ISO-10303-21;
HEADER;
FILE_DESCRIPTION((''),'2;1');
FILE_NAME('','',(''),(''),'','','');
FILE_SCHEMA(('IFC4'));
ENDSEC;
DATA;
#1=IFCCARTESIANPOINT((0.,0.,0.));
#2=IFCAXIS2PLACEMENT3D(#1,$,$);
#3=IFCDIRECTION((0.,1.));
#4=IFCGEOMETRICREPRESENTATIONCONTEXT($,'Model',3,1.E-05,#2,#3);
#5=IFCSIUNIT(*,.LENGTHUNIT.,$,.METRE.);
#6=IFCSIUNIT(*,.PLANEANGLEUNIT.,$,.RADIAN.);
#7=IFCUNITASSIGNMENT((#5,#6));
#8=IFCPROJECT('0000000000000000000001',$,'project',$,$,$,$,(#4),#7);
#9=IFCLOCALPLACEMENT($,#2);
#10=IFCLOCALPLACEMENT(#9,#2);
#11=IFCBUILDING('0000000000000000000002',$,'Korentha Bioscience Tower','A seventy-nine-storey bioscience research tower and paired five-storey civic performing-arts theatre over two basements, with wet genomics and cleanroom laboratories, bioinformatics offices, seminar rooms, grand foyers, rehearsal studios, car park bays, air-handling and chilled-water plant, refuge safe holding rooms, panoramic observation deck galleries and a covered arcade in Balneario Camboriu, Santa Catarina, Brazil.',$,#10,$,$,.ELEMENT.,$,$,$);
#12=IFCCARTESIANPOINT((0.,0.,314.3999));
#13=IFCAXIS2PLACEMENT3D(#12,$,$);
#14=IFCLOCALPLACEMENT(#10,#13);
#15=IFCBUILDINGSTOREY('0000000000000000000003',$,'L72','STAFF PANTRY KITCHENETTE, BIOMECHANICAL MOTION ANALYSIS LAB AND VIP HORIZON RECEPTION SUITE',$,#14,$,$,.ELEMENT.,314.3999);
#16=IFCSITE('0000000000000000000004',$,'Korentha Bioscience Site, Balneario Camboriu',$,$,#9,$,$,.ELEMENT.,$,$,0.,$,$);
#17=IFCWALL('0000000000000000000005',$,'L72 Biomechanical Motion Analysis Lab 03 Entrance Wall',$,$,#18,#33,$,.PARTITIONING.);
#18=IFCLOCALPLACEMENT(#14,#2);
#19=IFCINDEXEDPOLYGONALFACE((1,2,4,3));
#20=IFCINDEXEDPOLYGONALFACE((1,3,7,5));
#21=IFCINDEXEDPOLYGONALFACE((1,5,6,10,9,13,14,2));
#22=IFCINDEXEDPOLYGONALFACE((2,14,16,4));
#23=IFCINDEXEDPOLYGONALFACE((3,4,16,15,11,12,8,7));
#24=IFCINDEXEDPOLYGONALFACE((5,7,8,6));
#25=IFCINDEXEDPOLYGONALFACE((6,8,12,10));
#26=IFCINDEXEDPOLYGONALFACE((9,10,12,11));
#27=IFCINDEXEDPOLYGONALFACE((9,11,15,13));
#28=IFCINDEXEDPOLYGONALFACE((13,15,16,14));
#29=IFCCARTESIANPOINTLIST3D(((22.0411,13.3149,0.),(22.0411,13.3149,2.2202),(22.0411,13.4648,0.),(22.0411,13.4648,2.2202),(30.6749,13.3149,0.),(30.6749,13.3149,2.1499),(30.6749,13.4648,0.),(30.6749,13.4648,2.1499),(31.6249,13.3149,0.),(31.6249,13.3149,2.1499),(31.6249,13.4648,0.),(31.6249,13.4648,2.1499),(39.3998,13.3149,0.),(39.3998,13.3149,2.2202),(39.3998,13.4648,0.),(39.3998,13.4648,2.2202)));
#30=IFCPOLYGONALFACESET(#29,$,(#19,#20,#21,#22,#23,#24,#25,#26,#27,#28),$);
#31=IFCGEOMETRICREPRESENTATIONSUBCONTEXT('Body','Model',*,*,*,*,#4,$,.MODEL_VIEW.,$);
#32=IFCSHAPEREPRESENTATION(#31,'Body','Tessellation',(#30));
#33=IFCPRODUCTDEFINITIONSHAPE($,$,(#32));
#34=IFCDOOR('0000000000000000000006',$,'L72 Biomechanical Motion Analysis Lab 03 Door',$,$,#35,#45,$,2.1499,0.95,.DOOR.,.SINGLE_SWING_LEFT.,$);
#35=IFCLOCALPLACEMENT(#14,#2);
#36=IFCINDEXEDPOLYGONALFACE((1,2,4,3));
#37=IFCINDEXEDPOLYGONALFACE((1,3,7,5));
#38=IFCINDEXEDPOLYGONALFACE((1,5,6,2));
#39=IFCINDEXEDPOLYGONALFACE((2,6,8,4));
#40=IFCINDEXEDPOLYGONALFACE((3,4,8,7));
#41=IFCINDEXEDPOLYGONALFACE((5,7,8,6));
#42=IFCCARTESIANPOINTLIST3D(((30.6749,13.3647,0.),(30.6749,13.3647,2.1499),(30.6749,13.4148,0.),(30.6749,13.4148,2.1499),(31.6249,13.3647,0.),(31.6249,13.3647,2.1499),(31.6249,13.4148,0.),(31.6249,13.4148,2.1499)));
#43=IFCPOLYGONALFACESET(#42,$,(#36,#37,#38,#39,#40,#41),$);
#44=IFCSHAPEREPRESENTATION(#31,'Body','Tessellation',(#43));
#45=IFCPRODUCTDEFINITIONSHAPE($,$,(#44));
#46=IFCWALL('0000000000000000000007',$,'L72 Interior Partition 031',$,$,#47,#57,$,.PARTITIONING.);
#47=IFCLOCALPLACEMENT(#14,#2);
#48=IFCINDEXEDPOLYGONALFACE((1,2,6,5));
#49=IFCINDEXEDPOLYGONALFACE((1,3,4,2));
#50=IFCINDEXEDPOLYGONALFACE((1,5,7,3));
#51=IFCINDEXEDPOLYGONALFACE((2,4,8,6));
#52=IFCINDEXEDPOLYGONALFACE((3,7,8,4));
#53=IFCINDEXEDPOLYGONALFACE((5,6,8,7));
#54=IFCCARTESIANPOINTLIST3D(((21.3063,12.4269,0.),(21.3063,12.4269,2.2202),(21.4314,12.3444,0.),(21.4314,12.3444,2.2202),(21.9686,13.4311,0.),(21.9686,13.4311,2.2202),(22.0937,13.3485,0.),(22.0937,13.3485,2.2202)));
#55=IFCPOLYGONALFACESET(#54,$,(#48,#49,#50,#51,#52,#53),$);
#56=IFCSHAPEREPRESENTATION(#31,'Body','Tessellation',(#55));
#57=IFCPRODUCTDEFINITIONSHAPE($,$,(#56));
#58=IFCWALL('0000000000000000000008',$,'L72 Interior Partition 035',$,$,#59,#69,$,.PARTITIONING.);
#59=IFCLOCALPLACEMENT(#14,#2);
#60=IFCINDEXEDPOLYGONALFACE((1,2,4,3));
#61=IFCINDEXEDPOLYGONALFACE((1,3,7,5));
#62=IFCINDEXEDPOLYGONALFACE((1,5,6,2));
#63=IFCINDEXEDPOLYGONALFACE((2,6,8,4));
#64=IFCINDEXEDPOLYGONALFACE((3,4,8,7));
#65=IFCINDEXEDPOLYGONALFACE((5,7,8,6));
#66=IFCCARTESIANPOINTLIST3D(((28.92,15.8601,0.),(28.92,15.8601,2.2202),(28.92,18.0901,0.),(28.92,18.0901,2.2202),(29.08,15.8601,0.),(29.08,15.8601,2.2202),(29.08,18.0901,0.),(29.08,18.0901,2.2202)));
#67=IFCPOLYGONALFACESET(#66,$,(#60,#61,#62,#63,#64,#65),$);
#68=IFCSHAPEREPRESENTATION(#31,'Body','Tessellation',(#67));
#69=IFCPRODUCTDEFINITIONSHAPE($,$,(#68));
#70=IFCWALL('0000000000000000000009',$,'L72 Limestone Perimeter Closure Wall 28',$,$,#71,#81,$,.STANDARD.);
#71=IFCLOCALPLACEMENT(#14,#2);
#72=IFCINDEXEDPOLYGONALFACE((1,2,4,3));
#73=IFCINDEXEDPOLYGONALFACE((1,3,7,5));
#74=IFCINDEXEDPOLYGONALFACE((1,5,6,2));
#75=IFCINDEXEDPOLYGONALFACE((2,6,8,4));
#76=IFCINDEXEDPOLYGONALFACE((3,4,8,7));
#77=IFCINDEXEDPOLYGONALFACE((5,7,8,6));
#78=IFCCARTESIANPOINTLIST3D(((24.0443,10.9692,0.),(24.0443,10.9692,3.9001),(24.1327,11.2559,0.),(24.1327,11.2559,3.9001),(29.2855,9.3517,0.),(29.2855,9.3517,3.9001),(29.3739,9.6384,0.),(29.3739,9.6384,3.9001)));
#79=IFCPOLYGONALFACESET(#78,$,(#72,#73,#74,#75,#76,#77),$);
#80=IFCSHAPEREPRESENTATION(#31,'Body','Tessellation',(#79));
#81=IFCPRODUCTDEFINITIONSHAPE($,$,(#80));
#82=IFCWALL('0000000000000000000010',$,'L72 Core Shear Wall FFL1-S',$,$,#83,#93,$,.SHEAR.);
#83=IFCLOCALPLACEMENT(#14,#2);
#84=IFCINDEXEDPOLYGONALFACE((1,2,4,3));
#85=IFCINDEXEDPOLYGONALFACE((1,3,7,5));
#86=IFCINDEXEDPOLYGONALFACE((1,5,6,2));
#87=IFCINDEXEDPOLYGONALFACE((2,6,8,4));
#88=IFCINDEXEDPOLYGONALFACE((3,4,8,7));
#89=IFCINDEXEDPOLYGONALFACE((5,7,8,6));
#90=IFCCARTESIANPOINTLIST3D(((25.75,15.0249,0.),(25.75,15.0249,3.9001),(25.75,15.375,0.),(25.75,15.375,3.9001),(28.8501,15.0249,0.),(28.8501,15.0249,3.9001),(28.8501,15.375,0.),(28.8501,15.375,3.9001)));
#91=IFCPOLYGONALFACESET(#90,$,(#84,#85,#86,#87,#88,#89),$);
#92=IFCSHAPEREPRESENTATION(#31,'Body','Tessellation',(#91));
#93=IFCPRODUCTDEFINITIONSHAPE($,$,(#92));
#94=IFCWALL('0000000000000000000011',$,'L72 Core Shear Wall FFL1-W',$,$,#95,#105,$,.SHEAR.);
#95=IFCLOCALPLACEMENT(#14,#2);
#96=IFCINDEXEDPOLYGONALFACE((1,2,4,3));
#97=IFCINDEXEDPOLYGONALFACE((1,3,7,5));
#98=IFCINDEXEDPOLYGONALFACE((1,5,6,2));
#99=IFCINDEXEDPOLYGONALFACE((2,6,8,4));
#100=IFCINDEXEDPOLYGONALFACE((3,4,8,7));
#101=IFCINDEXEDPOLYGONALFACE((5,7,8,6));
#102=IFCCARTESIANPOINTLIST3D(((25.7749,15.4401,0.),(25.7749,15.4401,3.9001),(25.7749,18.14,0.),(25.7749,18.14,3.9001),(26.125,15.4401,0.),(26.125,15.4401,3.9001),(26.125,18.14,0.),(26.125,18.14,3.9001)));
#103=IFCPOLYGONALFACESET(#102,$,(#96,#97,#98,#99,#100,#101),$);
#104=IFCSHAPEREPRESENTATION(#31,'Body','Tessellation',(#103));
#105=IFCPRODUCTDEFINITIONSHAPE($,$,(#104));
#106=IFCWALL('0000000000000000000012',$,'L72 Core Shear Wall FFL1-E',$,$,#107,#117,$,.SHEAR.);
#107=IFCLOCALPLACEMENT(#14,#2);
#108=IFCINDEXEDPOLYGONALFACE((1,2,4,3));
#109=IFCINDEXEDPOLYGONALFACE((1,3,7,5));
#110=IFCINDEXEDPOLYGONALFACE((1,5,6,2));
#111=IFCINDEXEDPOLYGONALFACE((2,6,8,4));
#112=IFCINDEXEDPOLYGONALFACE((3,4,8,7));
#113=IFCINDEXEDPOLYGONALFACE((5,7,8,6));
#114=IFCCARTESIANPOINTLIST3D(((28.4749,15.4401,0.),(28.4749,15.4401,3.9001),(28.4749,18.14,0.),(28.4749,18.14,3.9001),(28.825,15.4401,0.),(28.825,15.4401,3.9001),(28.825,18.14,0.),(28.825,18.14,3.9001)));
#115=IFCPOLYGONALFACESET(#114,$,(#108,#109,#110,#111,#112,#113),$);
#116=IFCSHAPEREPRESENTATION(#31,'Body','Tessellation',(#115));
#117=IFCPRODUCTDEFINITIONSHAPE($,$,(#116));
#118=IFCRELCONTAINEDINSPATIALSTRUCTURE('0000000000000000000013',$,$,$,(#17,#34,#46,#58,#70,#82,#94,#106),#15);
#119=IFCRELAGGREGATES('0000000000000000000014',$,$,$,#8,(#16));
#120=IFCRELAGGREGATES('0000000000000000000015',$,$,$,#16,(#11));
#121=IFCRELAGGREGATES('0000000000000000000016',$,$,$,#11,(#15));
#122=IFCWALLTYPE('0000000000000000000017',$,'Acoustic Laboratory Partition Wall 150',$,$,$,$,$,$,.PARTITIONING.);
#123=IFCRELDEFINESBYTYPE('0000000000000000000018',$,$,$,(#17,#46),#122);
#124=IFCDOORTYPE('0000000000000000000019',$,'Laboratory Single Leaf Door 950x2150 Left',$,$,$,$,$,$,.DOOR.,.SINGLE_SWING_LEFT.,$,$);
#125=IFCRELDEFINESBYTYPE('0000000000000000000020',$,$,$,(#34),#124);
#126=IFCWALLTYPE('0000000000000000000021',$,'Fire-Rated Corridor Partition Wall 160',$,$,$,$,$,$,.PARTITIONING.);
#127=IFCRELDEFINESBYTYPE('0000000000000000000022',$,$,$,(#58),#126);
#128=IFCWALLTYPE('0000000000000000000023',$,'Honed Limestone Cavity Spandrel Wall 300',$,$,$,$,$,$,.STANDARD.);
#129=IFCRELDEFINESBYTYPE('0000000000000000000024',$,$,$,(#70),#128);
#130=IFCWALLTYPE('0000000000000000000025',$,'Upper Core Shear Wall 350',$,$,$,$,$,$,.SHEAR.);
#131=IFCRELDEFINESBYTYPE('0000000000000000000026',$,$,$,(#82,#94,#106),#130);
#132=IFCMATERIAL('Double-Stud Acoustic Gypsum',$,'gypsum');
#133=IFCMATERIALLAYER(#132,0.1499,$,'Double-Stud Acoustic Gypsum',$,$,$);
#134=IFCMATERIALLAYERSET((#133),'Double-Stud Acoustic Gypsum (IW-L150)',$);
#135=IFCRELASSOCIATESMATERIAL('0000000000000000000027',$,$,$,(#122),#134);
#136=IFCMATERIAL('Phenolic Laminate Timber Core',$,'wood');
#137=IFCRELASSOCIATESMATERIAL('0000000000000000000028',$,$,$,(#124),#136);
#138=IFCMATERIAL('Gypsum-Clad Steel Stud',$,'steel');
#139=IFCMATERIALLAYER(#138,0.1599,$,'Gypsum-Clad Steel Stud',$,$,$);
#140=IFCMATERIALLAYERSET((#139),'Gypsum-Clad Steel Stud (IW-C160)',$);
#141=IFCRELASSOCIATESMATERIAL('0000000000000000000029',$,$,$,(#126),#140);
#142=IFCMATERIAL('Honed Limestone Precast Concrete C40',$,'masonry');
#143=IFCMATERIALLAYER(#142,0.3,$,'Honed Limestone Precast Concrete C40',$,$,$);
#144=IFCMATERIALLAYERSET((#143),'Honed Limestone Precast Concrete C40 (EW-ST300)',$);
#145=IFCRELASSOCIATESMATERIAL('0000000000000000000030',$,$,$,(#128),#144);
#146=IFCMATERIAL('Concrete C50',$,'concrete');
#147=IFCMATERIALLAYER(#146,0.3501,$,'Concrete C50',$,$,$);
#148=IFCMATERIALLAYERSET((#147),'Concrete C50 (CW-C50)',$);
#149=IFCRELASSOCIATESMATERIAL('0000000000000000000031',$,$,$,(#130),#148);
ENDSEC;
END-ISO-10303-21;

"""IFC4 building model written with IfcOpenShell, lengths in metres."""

from ifc_helpers import new_model, si_unit, direction, frame, frame_2d, origin, place, context, subcontext, project, spatial, rectangle, extrude, material, layer, layer_set, type_object, element, fill, save


model = new_model("IFC4")

# Units and contexts
model_context = context("Model", 3, precision=1e-05, world=origin(), true_north=direction((0.0, 1.0)))
body_context = subcontext(model_context, "Body", "Model", "MODEL_VIEW")
ifc_project = project(units=[si_unit("LENGTHUNIT", "METRE"), si_unit("PLANEANGLEUNIT", "RADIAN")], contexts=[model_context])

# Site, building, storey
site_placement = place(None, origin())
site = spatial("IfcSite", under=ifc_project, at=site_placement, Name="Korentha Bioscience Site, Balneario Camboriu", CompositionType="ELEMENT", RefElevation=0.0)
building_placement = place(site_placement, origin())
building = spatial("IfcBuilding", under=site, at=building_placement, Name="Korentha Bioscience Tower", Description="A seventy-nine-storey bioscience research tower and paired five-storey civic performing-arts theatre over two basements, with wet genomics and cleanroom laboratories, bioinformatics offices, seminar rooms, grand foyers, rehearsal studios, car park bays, air-handling and chilled-water plant, refuge safe holding rooms, panoramic observation deck galleries and a covered arcade in Balneario Camboriu, Santa Catarina, Brazil.", CompositionType="ELEMENT")
storey_placement = place(building_placement, frame((0.0, 0.0, 314.3999)))
storey = spatial("IfcBuildingStorey", under=building, at=storey_placement, Name="L72", Description="STAFF PANTRY KITCHENETTE, BIOMECHANICAL MOTION ANALYSIS LAB AND VIP HORIZON RECEPTION SUITE", CompositionType="ELEMENT", Elevation=314.3999)

# Shared definitions
ifc_material_1 = material(Name="Concrete C50", Category="concrete")

# Wall, opening, door
ifc_material_2 = material(Name="Double-Stud Acoustic Gypsum", Category="gypsum")
ifc_layer_1 = layer(ifc_material_2, 0.1499, Name="Double-Stud Acoustic Gypsum")
ifc_layer_set_1 = layer_set([ifc_layer_1], Name="Double-Stud Acoustic Gypsum (IW-L150)")
wall_type_1 = type_object("IfcWallType", Name="Acoustic Laboratory Partition Wall 150", PredefinedType="PARTITIONING", material=ifc_layer_set_1)
wall_1_placement = place(storey_placement, frame((22.0413, 13.3899, 0.0), z_axis=(0.0, 0.0, 1.0), x_axis=(1.0, 0.0, 0.0)))
wall_1 = element("IfcWall", 1, at=wall_1_placement, inside=storey, type_object=wall_type_1, Name="L72 Biomechanical Motion Analysis Lab 03 Entrance Wall", PredefinedType="PARTITIONING", context=body_context, shape_type="SweptSolid", body=[
    extrude(rectangle(XDim=17.3586, YDim=0.1499, at=frame_2d((8.6792, 0.0))), origin(), (0.0, 0.0, 1.0), 2.2202),
])
opening_placement = place(wall_1_placement, frame((8.6335, 0.0, 0.0)))
opening = element("IfcOpeningElement", 2, at=opening_placement, cuts=wall_1, PredefinedType="OPENING", context=body_context, shape_type="SweptSolid", body=[
    extrude(rectangle(XDim=0.95, YDim=2.1499, at=frame_2d((0.4751, 1.075))), frame((0.0, 0.0898, 0.0), z_axis=(0.0, -1.0, 0.0), x_axis=(1.0, 0.0, 0.0)), (0.0, 0.0, 1.0), 0.1797),
])
ifc_material_3 = material(Name="Phenolic Laminate Timber Core", Category="wood")
door_type = type_object("IfcDoorType", Name="Laboratory Single Leaf Door 950x2150 Left", OperationType="SINGLE_SWING_LEFT", PredefinedType="DOOR", material=ifc_material_3)
door_placement = place(opening_placement, origin())
door = element("IfcDoor", 3, at=door_placement, inside=storey, type_object=door_type, Name="L72 Biomechanical Motion Analysis Lab 03 Door", OperationType="SINGLE_SWING_LEFT", OverallHeight=2.1499, OverallWidth=0.95, PredefinedType="DOOR", context=body_context, shape_type="SweptSolid", body=[
    extrude(rectangle(XDim=0.95, YDim=2.1499, at=frame_2d((0.4751, 1.075))), frame((0.0, 0.0249, 0.0), z_axis=(0.0, -1.0, 0.0), x_axis=(1.0, 0.0, 0.0)), (0.0, 0.0, 1.0), 0.05),
])
fill(opening, door)

# Walls
wall_2_placement = place(storey_placement, frame((22.0312, 13.3899, 0.0), z_axis=(0.0, 0.0, 1.0), x_axis=(-0.550619, -0.834757, 0.0)))
element("IfcWall", 4, at=wall_2_placement, inside=storey, type_object=wall_type_1, Name="L72 Interior Partition 031", PredefinedType="PARTITIONING", context=body_context, shape_type="SweptSolid", body=[
    extrude(rectangle(XDim=1.2029, YDim=0.1499, at=frame_2d((0.6016, 0.0))), origin(), (0.0, 0.0, 1.0), 2.2202),
])
ifc_material_4 = material(Name="Gypsum-Clad Steel Stud", Category="steel")
ifc_layer_2 = layer(ifc_material_4, 0.1599, Name="Gypsum-Clad Steel Stud")
ifc_layer_set_2 = layer_set([ifc_layer_2], Name="Gypsum-Clad Steel Stud (IW-C160)")
wall_type_2 = type_object("IfcWallType", Name="Fire-Rated Corridor Partition Wall 160", PredefinedType="PARTITIONING", material=ifc_layer_set_2)
wall_3_placement = place(storey_placement, frame((29.0, 15.8601, 0.0), z_axis=(0.0, 0.0, 1.0), x_axis=(0.0, 1.0, 0.0)))
element("IfcWall", 5, at=wall_3_placement, inside=storey, type_object=wall_type_2, Name="L72 Interior Partition 035", PredefinedType="PARTITIONING", context=body_context, shape_type="SweptSolid", body=[
    extrude(rectangle(XDim=2.23, YDim=0.1599, at=frame_2d((1.115, 0.0))), origin(), (0.0, 0.0, 1.0), 2.2202),
])
ifc_material_5 = material(Name="Honed Limestone Precast Concrete C40", Category="masonry")
ifc_layer_3 = layer(ifc_material_5, 0.3, Name="Honed Limestone Precast Concrete C40")
ifc_layer_set_3 = layer_set([ifc_layer_3], Name="Honed Limestone Precast Concrete C40 (EW-ST300)")
wall_type_3 = type_object("IfcWallType", Name="Honed Limestone Cavity Spandrel Wall 300", PredefinedType="STANDARD", material=ifc_layer_set_3)
wall_4_placement = place(storey_placement, frame((24.0884, 11.1125, 0.0), z_axis=(0.0, 0.0, 1.0), x_axis=(0.955535, -0.294877, 0.0)))
element("IfcWall", 6, at=wall_4_placement, inside=storey, type_object=wall_type_3, Name="L72 Limestone Perimeter Closure Wall 28", PredefinedType="STANDARD", context=body_context, shape_type="SweptSolid", body=[
    extrude(rectangle(XDim=5.4851, YDim=0.3, at=frame_2d((2.7427, 0.0))), origin(), (0.0, 0.0, 1.0), 3.9001),
])
ifc_layer_4 = layer(ifc_material_1, 0.3501, Name="Concrete C50")
ifc_layer_set_4 = layer_set([ifc_layer_4], Name="Concrete C50 (CW-C50)")
wall_type_4 = type_object("IfcWallType", Name="Upper Core Shear Wall 350", PredefinedType="SHEAR", material=ifc_layer_set_4)
wall_5_placement = place(storey_placement, frame((25.75, 15.2, 0.0), z_axis=(0.0, 0.0, 1.0), x_axis=(1.0, 0.0, 0.0)))
element("IfcWall", 7, at=wall_5_placement, inside=storey, type_object=wall_type_4, Name="L72 Core Shear Wall FFL1-S", PredefinedType="SHEAR", context=body_context, shape_type="SweptSolid", body=[
    extrude(rectangle(XDim=3.1001, YDim=0.3501, at=frame_2d((1.55, 0.0))), origin(), (0.0, 0.0, 1.0), 3.9001),
])
for number, where, z_axis, x_axis, name in (
    (8, (25.95, 15.4399, 0.0), (0.0, 0.0, 1.0), (0.0, 1.0, 0.0), "L72 Core Shear Wall FFL1-W"),
    (9, (28.6499, 15.4399, 0.0), (0.0, 0.0, 1.0), (0.0, 1.0, 0.0), "L72 Core Shear Wall FFL1-E"),
):
    element("IfcWall", number, at=place(storey_placement, frame(where, z_axis=z_axis, x_axis=x_axis)), inside=storey, type_object=wall_type_4, Name=name, PredefinedType="SHEAR", context=body_context, shape_type="SweptSolid", body=[
        extrude(rectangle(XDim=2.7, YDim=0.3501, at=frame_2d((1.3501, 0.0))), origin(), (0.0, 0.0, 1.0), 3.9001),
    ])

save(model, "model.ifc")
